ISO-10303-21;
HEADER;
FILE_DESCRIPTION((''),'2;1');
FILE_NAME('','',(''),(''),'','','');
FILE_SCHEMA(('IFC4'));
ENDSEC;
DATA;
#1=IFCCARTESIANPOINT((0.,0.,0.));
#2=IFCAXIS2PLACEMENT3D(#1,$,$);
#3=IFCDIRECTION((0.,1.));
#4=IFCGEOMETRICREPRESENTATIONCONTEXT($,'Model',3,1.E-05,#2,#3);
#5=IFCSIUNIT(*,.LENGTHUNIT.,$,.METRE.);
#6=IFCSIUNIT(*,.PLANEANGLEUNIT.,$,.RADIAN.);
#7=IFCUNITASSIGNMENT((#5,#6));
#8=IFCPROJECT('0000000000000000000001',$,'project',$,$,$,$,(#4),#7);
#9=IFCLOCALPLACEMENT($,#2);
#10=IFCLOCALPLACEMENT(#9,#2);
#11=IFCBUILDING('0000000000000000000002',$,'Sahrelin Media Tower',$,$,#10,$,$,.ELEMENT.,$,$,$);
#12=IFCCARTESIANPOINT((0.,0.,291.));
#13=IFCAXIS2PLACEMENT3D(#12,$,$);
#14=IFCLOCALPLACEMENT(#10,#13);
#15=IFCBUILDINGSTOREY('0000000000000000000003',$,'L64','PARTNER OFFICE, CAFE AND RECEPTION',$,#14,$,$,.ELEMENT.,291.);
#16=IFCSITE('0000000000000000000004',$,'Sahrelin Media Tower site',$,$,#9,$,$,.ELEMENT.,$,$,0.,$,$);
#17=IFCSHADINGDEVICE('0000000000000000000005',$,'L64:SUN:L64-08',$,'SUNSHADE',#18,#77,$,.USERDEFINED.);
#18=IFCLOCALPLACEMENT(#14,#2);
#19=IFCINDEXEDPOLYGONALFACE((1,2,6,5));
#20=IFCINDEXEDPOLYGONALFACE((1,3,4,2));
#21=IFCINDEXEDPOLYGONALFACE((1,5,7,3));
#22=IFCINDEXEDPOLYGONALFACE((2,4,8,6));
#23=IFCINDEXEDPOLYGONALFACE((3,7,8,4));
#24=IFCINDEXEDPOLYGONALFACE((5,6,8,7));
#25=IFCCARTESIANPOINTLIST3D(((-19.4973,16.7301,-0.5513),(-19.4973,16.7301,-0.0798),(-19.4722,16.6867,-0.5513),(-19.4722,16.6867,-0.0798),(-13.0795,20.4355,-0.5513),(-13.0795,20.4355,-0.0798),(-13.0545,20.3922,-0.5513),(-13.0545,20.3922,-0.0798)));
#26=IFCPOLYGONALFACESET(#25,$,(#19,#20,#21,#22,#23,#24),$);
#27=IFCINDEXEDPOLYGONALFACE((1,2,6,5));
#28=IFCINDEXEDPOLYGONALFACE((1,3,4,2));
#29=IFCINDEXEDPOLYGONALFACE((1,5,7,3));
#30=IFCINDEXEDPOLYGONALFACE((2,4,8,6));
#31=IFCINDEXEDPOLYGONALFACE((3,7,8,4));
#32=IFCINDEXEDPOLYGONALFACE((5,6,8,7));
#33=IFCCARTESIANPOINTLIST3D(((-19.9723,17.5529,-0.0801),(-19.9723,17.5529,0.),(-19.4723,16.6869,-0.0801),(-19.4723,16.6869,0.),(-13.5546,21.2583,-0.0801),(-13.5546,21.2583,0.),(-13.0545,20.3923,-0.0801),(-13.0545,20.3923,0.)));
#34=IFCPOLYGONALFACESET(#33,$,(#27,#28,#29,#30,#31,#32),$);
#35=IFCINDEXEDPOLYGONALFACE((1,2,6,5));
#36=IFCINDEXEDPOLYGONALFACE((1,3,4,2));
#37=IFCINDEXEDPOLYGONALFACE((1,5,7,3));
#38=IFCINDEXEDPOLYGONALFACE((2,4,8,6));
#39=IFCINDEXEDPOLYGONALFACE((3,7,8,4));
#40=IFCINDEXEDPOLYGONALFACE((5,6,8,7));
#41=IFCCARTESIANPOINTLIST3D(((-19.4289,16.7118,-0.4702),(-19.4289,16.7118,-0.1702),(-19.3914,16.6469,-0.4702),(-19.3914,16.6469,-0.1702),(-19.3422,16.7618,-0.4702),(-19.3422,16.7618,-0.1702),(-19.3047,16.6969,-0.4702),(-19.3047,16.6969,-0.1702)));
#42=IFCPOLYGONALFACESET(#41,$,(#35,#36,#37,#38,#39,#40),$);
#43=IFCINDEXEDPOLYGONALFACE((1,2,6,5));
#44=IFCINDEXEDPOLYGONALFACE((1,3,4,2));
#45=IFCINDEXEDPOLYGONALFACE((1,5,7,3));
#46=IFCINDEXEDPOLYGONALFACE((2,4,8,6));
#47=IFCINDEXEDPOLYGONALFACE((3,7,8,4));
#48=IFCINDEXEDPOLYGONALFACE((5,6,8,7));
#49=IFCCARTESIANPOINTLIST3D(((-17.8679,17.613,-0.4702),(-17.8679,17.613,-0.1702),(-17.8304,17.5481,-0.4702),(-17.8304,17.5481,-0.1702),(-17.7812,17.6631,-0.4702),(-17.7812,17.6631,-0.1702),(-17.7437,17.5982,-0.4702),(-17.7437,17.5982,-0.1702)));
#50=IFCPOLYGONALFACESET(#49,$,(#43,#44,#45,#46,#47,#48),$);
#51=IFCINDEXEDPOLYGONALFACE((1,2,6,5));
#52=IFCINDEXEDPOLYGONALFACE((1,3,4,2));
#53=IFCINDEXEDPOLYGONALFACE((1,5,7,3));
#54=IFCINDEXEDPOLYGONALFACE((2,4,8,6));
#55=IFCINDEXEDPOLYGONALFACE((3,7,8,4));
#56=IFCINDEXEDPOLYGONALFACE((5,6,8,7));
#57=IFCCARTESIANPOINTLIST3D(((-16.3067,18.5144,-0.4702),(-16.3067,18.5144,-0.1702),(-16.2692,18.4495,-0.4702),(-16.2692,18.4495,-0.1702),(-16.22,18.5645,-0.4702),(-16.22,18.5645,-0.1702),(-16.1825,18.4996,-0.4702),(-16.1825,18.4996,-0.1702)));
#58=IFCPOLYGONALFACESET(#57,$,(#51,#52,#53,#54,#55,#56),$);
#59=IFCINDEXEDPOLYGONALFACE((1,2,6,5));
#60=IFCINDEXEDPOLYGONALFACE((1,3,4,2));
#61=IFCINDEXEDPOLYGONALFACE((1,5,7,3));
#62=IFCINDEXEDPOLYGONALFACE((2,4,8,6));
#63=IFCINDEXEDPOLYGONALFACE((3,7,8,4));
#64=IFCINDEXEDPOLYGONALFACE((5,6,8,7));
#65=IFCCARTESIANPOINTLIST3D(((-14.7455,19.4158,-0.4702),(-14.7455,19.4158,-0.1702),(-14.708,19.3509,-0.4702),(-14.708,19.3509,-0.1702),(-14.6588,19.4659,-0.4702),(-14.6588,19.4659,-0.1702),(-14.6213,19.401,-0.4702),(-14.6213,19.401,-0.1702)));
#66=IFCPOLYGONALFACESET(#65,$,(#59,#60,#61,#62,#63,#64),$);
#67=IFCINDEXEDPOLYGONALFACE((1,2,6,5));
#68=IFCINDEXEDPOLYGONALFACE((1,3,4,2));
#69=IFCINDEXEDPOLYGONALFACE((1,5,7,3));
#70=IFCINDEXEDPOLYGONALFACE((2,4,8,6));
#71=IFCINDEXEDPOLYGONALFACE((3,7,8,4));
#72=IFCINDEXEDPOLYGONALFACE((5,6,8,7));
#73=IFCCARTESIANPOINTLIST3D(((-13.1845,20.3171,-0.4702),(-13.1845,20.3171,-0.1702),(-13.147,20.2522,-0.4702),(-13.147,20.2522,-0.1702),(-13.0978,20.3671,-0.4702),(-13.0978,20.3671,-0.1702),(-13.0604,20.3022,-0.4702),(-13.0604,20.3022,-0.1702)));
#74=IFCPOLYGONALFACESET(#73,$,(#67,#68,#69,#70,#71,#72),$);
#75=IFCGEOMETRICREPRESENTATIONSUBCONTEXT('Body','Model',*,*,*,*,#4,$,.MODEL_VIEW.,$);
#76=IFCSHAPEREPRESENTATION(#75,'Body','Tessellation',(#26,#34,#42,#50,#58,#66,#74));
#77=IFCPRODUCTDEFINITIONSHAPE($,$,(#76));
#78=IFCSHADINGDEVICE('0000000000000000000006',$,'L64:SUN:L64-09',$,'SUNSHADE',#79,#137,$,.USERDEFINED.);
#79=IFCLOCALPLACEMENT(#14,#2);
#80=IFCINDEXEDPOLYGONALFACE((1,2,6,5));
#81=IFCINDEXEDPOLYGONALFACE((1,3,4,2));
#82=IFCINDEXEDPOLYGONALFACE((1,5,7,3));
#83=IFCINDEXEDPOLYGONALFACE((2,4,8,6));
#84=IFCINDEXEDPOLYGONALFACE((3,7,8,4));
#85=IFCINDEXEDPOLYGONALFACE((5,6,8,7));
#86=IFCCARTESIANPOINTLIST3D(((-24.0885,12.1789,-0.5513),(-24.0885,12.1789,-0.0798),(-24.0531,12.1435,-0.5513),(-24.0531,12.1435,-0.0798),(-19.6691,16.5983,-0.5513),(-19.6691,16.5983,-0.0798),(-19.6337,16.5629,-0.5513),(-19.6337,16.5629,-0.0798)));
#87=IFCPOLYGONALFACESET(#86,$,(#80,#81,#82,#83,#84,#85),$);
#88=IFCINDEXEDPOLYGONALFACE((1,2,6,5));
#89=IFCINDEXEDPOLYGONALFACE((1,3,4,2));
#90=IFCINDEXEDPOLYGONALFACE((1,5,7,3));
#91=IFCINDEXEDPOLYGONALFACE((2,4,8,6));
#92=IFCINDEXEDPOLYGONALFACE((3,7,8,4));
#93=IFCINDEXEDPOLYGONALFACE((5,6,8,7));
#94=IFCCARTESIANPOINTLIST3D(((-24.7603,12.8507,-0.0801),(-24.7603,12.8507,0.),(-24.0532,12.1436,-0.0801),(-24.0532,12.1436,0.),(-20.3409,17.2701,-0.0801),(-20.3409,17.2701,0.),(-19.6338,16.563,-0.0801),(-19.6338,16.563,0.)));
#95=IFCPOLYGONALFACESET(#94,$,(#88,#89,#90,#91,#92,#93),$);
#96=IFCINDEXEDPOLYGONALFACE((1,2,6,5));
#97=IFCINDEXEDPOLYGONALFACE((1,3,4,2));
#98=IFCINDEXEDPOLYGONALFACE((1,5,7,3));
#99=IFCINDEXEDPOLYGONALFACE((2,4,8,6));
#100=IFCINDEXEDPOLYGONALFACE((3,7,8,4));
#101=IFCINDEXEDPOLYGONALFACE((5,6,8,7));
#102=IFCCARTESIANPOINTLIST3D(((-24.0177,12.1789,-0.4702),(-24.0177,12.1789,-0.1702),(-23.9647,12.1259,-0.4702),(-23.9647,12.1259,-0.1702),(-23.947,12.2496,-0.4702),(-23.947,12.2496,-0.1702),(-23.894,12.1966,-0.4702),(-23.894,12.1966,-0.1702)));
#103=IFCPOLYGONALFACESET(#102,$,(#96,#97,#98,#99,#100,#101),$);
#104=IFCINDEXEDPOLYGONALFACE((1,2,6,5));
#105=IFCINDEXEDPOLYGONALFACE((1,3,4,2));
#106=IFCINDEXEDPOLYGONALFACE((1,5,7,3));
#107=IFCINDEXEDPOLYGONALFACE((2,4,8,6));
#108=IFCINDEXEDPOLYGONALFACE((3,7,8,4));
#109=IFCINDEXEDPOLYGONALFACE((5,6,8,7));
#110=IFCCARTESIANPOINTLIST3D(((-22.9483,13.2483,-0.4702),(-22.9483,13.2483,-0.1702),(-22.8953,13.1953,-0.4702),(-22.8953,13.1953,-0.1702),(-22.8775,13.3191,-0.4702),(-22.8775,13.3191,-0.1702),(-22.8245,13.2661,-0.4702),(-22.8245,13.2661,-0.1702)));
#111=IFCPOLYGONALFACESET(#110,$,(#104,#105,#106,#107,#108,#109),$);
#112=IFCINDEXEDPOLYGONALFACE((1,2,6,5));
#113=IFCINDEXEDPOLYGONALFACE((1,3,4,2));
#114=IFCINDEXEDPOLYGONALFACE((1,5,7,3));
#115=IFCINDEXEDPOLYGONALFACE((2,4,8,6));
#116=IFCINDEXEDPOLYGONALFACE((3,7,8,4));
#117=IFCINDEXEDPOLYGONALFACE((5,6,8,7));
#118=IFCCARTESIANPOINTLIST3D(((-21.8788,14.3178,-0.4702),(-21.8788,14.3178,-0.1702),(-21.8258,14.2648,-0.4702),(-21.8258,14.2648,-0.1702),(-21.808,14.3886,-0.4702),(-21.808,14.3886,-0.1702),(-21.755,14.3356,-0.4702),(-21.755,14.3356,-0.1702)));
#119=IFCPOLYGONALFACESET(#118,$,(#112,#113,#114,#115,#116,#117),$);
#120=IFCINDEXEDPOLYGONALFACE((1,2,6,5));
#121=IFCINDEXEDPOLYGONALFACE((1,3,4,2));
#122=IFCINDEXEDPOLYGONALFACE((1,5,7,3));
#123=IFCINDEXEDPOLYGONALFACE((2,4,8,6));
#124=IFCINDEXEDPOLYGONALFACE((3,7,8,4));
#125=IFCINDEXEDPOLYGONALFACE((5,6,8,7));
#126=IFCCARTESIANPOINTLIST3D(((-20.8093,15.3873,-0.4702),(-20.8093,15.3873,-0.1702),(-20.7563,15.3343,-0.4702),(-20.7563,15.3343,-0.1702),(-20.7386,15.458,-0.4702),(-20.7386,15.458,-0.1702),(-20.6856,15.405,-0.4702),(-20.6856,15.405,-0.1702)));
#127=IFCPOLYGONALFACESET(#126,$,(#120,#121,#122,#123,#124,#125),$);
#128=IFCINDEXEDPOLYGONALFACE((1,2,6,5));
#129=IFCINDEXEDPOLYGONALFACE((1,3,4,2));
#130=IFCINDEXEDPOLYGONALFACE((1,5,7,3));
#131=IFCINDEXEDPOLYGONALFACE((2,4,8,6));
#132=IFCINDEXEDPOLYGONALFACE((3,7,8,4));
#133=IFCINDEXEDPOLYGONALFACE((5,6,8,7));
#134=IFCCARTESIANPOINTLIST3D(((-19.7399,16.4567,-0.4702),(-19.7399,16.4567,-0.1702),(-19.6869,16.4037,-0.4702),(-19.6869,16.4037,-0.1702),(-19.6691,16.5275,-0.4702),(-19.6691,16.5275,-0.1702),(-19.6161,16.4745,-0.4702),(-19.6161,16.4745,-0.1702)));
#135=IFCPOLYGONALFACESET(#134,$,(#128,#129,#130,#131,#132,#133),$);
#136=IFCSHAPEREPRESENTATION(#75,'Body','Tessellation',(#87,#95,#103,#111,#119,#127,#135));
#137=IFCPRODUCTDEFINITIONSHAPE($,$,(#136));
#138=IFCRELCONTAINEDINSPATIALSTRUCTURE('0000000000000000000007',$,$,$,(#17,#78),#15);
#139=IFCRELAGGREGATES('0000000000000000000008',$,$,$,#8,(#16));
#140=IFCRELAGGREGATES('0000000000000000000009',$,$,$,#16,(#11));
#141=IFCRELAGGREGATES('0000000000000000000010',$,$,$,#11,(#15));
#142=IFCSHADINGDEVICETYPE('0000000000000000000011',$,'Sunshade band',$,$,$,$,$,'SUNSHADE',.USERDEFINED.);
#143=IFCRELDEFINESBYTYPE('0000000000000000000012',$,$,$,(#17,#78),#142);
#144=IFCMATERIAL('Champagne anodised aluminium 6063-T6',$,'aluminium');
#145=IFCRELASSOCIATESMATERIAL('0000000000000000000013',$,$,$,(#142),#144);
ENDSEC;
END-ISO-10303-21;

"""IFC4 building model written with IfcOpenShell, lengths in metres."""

from ifc_helpers import new_model, si_unit, direction, frame, origin, origin_2d, place, context, subcontext, project, spatial, rectangle, extrude, material, type_object, element, save


model = new_model("IFC4")

# Units and contexts
model_context = context("Model", 3, precision=1e-05, world=origin(), true_north=direction((0.0, 1.0)))
body_context = subcontext(model_context, "Body", "Model", "MODEL_VIEW")
ifc_project = project(units=[si_unit("LENGTHUNIT", "METRE"), si_unit("PLANEANGLEUNIT", "RADIAN")], contexts=[model_context])

# Site, building, storey
site_placement = place(None, origin())
site = spatial("IfcSite", under=ifc_project, at=site_placement, Name="Sahrelin Media Tower site", CompositionType="ELEMENT", RefElevation=0.0)
building_placement = place(site_placement, origin())
building = spatial("IfcBuilding", under=site, at=building_placement, Name="Sahrelin Media Tower", CompositionType="ELEMENT")
storey_placement = place(building_placement, frame((0.0, 0.0, 291.0)))
storey = spatial("IfcBuildingStorey", under=building, at=storey_placement, Name="L64", Description="PARTNER OFFICE, CAFE AND RECEPTION", CompositionType="ELEMENT", Elevation=291.0)

# Shared definitions
ifc_material_1 = material(Name="Champagne anodised aluminium 6063-T6", Category="aluminium")

# Shading devices
placement_1 = place(storey_placement, frame((-16.2534, 18.5222, 0.0), z_axis=(0.0, 0.0, 1.0), x_axis=(0.866019, 0.500011, 0.0)))
placement_2 = place(storey_placement, frame((-21.8293, 14.3391, 0.0), z_axis=(0.0, 0.0, 1.0), x_axis=(0.707107, 0.707107, 0.0)))
shading_device_type_1 = type_object("IfcShadingDeviceType", Name="Sunshade band", ElementType="SUNSHADE", PredefinedType="USERDEFINED", material=ifc_material_1)
element("IfcShadingDevice", 1, at=placement_1, inside=storey, type_object=shading_device_type_1, Name="L64:SUN:L64-08", ObjectType="SUNSHADE", PredefinedType="USERDEFINED", context=body_context, shape_type="SweptSolid", body=[
    extrude(rectangle(XDim=7.4106, YDim=0.05, at=origin_2d()), frame((0.0, 0.0449, -0.5513)), (0.0, 0.0, 1.0), 0.4714),
    extrude(rectangle(XDim=7.4106, YDim=1.0, at=origin_2d()), frame((0.0, 0.52, -0.0801)), (0.0, 0.0, 1.0), 0.0801),
    extrude(rectangle(XDim=0.1001, YDim=0.075, at=origin_2d()), frame((-3.6052, -0.0176, -0.4702)), (0.0, 0.0, 1.0), 0.3),
    extrude(rectangle(XDim=0.1001, YDim=0.075, at=origin_2d()), frame((-1.8027, -0.0176, -0.4702)), (0.0, 0.0, 1.0), 0.3),
    extrude(rectangle(XDim=0.1001, YDim=0.075, at=origin_2d()), frame((0.0, -0.0176, -0.4702)), (0.0, 0.0, 1.0), 0.3),
    extrude(rectangle(XDim=0.1001, YDim=0.075, at=origin_2d()), frame((1.8027, -0.0176, -0.4702)), (0.0, 0.0, 1.0), 0.3),
    extrude(rectangle(XDim=0.1001, YDim=0.075, at=origin_2d()), frame((3.6052, -0.0176, -0.4702)), (0.0, 0.0, 1.0), 0.3),
])
element("IfcShadingDevice", 2, at=placement_2, inside=storey, type_object=shading_device_type_1, Name="L64:SUN:L64-09", ObjectType="SUNSHADE", PredefinedType="USERDEFINED", context=body_context, shape_type="SweptSolid", body=[
    extrude(rectangle(XDim=6.25, YDim=0.05, at=origin_2d()), frame((0.0, 0.0449, -0.5513)), (0.0, 0.0, 1.0), 0.4714),
    extrude(rectangle(XDim=6.25, YDim=1.0, at=origin_2d()), frame((0.0, 0.52, -0.0801)), (0.0, 0.0, 1.0), 0.0801),
    extrude(rectangle(XDim=0.1001, YDim=0.075, at=origin_2d()), frame((-3.0249, -0.0176, -0.4702)), (0.0, 0.0, 1.0), 0.3),
    extrude(rectangle(XDim=0.1001, YDim=0.075, at=origin_2d()), frame((-1.5125, -0.0176, -0.4702)), (0.0, 0.0, 1.0), 0.3),
    extrude(rectangle(XDim=0.1001, YDim=0.075, at=origin_2d()), frame((0.0, -0.0176, -0.4702)), (0.0, 0.0, 1.0), 0.3),
    extrude(rectangle(XDim=0.1001, YDim=0.075, at=origin_2d()), frame((1.5125, -0.0176, -0.4702)), (0.0, 0.0, 1.0), 0.3),
    extrude(rectangle(XDim=0.1001, YDim=0.075, at=origin_2d()), frame((3.0249, -0.0176, -0.4702)), (0.0, 0.0, 1.0), 0.3),
])

save(model, "model.ifc")
